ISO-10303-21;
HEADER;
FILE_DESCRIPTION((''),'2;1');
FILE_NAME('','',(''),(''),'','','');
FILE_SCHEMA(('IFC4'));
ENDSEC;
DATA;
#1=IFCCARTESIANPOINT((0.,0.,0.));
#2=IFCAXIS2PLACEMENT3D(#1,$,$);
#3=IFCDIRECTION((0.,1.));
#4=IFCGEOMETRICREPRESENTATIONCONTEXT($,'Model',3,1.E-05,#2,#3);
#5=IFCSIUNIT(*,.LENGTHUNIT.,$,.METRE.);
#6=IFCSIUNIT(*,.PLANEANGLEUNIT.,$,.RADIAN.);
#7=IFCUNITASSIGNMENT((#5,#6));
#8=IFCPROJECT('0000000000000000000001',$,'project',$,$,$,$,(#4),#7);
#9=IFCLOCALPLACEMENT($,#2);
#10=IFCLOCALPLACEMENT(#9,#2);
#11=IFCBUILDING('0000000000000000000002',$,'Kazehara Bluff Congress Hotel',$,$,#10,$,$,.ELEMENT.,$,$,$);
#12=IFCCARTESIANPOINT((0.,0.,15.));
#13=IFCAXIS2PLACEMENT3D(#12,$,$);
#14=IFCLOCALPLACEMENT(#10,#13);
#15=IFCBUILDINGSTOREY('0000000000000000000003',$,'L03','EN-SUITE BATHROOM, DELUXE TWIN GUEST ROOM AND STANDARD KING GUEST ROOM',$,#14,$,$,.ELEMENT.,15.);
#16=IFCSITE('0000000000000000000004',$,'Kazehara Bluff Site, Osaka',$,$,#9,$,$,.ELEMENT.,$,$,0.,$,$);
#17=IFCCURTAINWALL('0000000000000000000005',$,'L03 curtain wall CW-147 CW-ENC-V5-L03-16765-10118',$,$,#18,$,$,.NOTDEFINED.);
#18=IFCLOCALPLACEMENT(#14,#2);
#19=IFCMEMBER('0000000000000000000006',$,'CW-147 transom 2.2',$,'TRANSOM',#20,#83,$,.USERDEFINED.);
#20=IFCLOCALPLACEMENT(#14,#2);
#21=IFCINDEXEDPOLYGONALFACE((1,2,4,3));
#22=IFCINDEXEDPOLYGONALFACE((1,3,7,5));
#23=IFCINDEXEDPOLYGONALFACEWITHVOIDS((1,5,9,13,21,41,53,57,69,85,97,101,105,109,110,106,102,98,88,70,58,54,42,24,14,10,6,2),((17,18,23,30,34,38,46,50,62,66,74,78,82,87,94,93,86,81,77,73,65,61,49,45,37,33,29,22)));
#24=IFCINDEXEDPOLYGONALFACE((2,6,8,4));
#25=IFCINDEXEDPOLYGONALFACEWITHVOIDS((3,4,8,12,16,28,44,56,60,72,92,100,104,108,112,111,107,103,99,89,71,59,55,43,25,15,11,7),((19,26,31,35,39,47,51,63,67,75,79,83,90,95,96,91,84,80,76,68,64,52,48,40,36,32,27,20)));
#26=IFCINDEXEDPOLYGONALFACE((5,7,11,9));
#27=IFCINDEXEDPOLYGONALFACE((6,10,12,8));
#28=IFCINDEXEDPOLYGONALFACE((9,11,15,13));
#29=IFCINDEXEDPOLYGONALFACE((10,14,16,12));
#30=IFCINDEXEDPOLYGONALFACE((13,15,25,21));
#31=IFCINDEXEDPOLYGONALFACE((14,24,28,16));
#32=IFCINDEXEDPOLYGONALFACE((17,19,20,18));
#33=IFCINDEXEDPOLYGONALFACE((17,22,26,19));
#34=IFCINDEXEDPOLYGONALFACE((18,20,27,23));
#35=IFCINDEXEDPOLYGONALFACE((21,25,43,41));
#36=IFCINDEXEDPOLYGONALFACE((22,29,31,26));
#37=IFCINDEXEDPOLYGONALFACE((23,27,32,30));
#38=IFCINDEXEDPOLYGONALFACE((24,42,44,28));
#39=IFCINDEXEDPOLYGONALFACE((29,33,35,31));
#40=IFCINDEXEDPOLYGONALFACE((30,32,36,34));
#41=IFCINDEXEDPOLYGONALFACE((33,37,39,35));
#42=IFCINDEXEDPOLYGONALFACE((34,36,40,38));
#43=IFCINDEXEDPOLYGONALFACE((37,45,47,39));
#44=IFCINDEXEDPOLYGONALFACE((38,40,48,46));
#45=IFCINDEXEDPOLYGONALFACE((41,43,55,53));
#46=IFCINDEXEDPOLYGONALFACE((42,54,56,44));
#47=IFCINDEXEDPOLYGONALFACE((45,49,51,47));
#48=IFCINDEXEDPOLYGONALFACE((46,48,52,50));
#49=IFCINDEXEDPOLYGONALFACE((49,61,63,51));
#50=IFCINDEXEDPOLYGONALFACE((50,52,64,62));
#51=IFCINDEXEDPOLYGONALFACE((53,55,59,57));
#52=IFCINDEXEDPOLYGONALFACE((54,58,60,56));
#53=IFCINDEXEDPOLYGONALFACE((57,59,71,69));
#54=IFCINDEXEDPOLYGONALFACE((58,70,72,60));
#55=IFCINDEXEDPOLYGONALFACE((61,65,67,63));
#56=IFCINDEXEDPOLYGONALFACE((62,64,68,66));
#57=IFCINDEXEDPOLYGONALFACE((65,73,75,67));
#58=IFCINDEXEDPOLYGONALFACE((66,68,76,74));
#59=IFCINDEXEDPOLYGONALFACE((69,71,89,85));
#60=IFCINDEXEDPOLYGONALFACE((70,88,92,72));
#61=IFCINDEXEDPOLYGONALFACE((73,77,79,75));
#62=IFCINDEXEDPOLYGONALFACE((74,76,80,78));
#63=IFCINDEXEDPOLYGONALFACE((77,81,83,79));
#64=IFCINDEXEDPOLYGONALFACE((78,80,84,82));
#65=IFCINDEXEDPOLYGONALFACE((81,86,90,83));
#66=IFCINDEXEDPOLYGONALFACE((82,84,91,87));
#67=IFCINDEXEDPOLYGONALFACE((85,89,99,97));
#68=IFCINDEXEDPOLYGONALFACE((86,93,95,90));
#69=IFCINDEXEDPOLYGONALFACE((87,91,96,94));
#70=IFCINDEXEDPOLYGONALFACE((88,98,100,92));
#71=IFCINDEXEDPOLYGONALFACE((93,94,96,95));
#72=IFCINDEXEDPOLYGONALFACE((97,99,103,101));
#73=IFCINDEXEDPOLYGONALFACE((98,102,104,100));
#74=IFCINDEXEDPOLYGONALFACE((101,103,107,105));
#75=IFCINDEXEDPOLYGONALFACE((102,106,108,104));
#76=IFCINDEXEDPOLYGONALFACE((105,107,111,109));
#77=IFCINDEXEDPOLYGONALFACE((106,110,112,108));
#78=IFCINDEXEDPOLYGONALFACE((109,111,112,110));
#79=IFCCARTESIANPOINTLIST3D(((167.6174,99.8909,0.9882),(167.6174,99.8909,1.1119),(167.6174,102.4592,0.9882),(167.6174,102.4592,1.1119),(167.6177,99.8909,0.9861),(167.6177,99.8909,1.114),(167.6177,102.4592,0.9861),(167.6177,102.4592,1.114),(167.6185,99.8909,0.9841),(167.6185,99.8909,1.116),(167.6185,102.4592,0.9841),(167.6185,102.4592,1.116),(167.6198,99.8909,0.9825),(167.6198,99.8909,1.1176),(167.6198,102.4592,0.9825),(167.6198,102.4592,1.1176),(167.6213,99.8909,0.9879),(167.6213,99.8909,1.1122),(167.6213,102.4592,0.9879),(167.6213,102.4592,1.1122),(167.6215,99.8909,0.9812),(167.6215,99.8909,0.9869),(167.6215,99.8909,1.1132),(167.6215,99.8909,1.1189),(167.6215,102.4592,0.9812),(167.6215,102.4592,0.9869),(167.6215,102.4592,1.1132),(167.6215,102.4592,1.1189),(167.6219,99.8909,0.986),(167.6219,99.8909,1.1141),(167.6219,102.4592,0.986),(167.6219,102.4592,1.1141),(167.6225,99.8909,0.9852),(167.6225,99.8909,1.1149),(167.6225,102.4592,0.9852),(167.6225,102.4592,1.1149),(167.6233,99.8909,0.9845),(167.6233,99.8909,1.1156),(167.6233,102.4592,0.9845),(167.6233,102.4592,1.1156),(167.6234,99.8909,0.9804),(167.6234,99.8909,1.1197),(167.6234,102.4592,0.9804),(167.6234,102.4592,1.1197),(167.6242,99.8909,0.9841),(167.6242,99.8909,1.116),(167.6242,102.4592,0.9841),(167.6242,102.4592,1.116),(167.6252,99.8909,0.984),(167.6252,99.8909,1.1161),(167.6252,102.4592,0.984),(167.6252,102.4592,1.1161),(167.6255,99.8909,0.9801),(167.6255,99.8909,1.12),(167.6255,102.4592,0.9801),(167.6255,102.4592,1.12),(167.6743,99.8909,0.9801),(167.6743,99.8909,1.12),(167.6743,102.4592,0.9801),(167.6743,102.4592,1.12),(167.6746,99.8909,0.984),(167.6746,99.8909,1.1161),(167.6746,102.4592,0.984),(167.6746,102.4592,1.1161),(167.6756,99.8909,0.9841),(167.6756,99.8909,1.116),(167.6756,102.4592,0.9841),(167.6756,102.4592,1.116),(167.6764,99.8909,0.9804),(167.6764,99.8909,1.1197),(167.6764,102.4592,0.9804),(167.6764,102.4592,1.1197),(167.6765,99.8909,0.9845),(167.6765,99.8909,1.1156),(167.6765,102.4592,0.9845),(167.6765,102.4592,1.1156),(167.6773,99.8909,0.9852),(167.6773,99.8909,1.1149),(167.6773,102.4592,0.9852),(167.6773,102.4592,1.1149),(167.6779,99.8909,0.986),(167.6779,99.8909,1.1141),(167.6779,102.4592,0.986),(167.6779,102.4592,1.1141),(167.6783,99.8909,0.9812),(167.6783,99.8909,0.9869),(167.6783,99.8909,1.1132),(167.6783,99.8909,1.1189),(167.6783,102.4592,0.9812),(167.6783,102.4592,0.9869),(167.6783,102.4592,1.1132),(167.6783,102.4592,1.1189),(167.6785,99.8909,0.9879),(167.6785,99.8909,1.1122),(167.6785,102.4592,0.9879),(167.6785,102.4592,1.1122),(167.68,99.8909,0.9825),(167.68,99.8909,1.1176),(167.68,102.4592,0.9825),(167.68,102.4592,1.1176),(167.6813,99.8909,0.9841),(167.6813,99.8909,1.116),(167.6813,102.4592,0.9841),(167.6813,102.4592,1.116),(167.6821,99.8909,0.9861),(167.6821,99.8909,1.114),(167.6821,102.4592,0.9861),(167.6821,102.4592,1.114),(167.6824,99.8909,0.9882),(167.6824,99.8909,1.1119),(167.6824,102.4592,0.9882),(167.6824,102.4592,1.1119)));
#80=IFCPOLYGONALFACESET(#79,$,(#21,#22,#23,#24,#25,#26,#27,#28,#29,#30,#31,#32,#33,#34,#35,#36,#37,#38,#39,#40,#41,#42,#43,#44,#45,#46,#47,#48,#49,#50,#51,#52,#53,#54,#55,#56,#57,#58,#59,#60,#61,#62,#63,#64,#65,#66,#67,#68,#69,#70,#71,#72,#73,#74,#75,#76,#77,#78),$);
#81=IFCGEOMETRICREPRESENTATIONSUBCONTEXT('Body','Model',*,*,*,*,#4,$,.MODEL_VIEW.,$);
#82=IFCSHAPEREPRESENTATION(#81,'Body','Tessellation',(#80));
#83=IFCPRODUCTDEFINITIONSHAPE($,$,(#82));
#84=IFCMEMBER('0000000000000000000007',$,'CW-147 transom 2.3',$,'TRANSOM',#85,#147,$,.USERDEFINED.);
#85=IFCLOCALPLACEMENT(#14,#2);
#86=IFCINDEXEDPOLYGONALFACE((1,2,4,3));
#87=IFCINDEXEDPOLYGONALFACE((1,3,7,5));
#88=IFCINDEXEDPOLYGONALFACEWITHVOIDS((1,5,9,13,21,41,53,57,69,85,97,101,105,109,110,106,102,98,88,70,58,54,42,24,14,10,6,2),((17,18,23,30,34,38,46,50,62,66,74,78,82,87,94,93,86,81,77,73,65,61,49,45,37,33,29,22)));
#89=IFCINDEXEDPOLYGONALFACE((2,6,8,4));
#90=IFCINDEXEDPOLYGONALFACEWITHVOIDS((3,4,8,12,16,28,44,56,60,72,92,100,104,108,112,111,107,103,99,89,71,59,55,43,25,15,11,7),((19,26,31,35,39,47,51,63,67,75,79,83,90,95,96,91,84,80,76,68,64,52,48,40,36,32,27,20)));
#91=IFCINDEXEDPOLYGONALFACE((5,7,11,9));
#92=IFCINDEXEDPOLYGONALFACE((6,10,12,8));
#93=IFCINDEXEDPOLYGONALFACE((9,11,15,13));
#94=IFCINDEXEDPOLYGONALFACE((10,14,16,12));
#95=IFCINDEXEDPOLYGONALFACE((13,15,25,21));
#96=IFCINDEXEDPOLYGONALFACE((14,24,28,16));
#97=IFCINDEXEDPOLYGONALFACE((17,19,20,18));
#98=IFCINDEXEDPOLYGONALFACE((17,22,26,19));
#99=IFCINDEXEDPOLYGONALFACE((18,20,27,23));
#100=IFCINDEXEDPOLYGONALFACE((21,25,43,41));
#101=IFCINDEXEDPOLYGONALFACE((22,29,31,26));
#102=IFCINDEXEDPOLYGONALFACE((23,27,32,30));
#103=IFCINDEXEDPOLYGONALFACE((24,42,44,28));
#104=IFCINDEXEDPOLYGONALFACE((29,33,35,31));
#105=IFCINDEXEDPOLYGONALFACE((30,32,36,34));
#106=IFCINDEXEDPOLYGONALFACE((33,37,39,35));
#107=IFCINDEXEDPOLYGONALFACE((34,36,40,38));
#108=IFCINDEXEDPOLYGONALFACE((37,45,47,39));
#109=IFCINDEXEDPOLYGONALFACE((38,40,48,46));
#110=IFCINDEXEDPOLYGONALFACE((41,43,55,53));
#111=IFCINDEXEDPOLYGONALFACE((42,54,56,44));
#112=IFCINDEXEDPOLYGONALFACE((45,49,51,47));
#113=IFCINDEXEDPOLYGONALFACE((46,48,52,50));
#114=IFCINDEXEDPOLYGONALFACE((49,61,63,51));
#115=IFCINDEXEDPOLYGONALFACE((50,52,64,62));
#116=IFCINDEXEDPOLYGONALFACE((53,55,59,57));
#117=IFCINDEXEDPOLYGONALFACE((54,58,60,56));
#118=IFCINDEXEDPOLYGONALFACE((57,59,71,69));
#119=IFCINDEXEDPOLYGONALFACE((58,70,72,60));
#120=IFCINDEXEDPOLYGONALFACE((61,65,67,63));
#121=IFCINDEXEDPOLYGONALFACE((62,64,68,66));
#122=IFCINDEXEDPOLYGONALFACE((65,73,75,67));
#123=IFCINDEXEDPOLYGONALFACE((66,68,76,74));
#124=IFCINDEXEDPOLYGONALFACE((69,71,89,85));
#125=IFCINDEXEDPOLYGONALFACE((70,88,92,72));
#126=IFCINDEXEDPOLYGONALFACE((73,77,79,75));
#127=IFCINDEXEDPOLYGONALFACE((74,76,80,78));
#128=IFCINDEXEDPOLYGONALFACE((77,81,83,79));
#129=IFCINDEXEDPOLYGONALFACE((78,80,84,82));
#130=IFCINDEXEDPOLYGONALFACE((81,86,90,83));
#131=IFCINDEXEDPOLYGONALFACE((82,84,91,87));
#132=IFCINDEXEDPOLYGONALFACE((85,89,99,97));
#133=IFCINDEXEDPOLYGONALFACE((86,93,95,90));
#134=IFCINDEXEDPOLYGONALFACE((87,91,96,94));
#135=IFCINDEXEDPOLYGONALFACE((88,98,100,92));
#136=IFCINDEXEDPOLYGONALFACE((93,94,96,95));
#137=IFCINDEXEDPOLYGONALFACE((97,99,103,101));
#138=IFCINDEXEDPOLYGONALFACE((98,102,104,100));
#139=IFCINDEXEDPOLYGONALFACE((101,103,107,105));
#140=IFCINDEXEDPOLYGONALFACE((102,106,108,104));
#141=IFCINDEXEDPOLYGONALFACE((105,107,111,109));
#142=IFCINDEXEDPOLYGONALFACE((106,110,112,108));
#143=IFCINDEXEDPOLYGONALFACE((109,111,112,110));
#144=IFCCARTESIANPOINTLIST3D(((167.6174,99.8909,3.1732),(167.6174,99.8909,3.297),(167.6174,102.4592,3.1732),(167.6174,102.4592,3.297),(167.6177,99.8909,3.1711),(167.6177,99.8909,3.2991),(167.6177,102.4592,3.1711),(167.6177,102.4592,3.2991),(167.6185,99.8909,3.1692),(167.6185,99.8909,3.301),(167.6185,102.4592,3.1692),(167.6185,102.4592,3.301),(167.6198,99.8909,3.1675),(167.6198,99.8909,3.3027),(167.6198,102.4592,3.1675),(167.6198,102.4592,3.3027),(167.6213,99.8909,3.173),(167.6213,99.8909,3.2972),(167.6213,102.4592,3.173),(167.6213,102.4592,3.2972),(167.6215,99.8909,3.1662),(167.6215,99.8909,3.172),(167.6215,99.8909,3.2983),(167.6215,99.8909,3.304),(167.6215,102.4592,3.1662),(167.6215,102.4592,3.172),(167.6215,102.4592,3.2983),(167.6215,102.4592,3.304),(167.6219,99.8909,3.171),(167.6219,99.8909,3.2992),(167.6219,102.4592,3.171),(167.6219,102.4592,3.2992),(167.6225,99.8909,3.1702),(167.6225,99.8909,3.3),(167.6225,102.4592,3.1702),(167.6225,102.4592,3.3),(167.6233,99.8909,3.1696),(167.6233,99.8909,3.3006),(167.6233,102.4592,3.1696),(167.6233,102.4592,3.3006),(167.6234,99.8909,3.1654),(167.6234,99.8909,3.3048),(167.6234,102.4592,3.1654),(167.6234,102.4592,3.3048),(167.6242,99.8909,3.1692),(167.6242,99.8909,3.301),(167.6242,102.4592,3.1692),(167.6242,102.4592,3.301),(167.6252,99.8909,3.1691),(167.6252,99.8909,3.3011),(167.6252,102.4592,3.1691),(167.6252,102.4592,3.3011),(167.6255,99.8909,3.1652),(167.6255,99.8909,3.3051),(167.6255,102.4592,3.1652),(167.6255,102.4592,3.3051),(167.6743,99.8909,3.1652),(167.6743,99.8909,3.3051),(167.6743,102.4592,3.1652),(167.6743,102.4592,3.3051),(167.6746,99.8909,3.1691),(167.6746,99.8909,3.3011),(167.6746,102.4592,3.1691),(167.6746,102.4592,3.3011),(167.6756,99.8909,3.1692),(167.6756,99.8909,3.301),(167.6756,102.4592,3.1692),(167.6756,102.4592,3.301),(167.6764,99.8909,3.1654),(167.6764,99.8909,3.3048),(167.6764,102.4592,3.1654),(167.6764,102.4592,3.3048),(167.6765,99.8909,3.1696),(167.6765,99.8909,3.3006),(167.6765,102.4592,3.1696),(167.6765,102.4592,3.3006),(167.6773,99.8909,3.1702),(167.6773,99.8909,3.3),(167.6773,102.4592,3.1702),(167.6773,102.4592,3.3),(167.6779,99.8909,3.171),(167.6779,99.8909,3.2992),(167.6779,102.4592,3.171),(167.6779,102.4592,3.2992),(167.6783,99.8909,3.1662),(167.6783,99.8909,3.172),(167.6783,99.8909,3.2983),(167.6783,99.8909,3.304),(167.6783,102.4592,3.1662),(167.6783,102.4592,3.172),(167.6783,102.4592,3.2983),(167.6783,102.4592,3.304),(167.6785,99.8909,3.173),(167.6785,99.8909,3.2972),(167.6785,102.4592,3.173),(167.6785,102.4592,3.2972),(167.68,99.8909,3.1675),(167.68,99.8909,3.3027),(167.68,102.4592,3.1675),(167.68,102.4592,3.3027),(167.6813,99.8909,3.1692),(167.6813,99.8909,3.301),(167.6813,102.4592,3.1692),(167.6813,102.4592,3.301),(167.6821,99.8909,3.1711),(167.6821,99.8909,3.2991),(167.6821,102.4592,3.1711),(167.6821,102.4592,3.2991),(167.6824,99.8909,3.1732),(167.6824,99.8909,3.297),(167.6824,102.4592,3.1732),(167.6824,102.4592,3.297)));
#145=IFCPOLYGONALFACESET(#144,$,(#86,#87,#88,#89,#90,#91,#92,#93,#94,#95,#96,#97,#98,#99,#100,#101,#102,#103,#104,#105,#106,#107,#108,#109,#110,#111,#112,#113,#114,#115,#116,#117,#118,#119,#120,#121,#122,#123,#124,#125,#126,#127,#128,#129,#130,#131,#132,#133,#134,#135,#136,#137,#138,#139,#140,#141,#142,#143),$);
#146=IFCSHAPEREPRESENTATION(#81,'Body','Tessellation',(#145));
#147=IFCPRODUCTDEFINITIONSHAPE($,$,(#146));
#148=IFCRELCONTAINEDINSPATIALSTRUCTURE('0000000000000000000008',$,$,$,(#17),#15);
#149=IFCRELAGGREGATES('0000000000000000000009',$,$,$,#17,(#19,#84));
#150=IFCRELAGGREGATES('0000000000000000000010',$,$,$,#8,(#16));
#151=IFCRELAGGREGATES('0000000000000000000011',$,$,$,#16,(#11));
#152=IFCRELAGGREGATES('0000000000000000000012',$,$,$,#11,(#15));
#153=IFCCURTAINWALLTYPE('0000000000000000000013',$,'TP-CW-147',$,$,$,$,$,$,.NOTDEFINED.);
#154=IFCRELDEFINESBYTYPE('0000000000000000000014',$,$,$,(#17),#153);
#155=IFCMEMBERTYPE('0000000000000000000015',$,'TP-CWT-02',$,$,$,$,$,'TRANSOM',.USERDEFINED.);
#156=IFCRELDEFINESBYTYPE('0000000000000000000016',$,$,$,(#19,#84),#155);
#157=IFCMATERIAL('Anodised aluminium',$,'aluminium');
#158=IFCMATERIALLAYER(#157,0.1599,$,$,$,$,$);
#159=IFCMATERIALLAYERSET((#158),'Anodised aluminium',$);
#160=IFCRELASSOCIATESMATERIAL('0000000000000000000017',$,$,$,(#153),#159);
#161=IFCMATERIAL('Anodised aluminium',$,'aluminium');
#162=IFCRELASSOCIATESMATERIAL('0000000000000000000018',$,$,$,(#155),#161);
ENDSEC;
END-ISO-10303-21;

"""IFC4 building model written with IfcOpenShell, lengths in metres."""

from ifc_helpers import new_model, si_unit, direction, frame, origin, origin_2d, place, context, subcontext, project, spatial, hollow_rectangle, extrude, material, layer, layer_set, material_profile, profile_set, type_object, element, aggregate, save


model = new_model("IFC4")

# Units and contexts
model_context = context("Model", 3, precision=1e-05, world=origin(), true_north=direction((0.0, 1.0)))
body_context = subcontext(model_context, "Body", "Model", "MODEL_VIEW")
ifc_project = project(units=[si_unit("LENGTHUNIT", "METRE"), si_unit("PLANEANGLEUNIT", "RADIAN")], contexts=[model_context])

# Site, building, storey
site_placement = place(None, origin())
site = spatial("IfcSite", under=ifc_project, at=site_placement, Name="Kazehara Bluff Site, Osaka", CompositionType="ELEMENT", RefElevation=0.0)
building_placement = place(site_placement, origin())
building = spatial("IfcBuilding", under=site, at=building_placement, Name="Kazehara Bluff Congress Hotel", CompositionType="ELEMENT")
storey_placement = place(building_placement, frame((0.0, 0.0, 15.0)))
storey = spatial("IfcBuildingStorey", under=building, at=storey_placement, Name="L03", Description="EN-SUITE BATHROOM, DELUXE TWIN GUEST ROOM AND STANDARD KING GUEST ROOM", CompositionType="ELEMENT", Elevation=15.0)

# Curtain wall, members
ifc_material_1 = material(Name="Anodised aluminium", Category="aluminium")
ifc_layer_1 = layer(ifc_material_1, 0.1599)
ifc_layer_set_1 = layer_set([ifc_layer_1], Name="Anodised aluminium")
curtain_wall_type = type_object("IfcCurtainWallType", Name="TP-CW-147", PredefinedType="NOTDEFINED", material=ifc_layer_set_1)
curtain_wall_placement = place(storey_placement, origin())
curtain_wall = element("IfcCurtainWall", 1, at=curtain_wall_placement, inside=storey, type_object=curtain_wall_type, Name="L03 curtain wall CW-147 CW-ENC-V5-L03-16765-10118", PredefinedType="NOTDEFINED")
ifc_material_2 = material(Name="Anodised aluminium", Category="aluminium")
ifc_material_profile_1 = material_profile(ifc_material_2, hollow_rectangle(XDim=0.0649, YDim=0.1399, WallThickness=0.0039, InnerFilletRadius=0.0039, OuterFilletRadius=0.0081, at=origin_2d()))
ifc_profile_set_1 = profile_set([ifc_material_profile_1], Name="Anodised aluminium")
member_type_1 = type_object("IfcMemberType", Name="TP-CWT-02", ElementType="TRANSOM", PredefinedType="USERDEFINED", material=ifc_profile_set_1)
member_1_placement = place(storey_placement, frame((167.6499, 102.4592, 1.05), z_axis=(0.0, -1.0, 0.0), x_axis=(1.0, 0.0, 0.0)))
member_1 = element("IfcMember", 2, at=member_1_placement, type_object=member_type_1, Name="CW-147 transom 2.2", ObjectType="TRANSOM", PredefinedType="USERDEFINED", context=body_context, shape_type="SweptSolid", body=[
    extrude(hollow_rectangle(XDim=0.0649, YDim=0.1399, WallThickness=0.0039, InnerFilletRadius=0.0039, OuterFilletRadius=0.0081, at=origin_2d()), origin(), (0.0, 0.0, 1.0), 2.5684),
])
member_2_placement = place(storey_placement, frame((167.6499, 102.4592, 3.2351), z_axis=(0.0, -1.0, 0.0), x_axis=(1.0, 0.0, 0.0)))
member_2 = element("IfcMember", 3, at=member_2_placement, type_object=member_type_1, Name="CW-147 transom 2.3", ObjectType="TRANSOM", PredefinedType="USERDEFINED", context=body_context, shape_type="SweptSolid", body=[
    extrude(hollow_rectangle(XDim=0.0649, YDim=0.1399, WallThickness=0.0039, InnerFilletRadius=0.0039, OuterFilletRadius=0.0081, at=origin_2d()), origin(), (0.0, 0.0, 1.0), 2.5684),
])

aggregate(curtain_wall, [member_1, member_2])

save(model, "model.ifc")
